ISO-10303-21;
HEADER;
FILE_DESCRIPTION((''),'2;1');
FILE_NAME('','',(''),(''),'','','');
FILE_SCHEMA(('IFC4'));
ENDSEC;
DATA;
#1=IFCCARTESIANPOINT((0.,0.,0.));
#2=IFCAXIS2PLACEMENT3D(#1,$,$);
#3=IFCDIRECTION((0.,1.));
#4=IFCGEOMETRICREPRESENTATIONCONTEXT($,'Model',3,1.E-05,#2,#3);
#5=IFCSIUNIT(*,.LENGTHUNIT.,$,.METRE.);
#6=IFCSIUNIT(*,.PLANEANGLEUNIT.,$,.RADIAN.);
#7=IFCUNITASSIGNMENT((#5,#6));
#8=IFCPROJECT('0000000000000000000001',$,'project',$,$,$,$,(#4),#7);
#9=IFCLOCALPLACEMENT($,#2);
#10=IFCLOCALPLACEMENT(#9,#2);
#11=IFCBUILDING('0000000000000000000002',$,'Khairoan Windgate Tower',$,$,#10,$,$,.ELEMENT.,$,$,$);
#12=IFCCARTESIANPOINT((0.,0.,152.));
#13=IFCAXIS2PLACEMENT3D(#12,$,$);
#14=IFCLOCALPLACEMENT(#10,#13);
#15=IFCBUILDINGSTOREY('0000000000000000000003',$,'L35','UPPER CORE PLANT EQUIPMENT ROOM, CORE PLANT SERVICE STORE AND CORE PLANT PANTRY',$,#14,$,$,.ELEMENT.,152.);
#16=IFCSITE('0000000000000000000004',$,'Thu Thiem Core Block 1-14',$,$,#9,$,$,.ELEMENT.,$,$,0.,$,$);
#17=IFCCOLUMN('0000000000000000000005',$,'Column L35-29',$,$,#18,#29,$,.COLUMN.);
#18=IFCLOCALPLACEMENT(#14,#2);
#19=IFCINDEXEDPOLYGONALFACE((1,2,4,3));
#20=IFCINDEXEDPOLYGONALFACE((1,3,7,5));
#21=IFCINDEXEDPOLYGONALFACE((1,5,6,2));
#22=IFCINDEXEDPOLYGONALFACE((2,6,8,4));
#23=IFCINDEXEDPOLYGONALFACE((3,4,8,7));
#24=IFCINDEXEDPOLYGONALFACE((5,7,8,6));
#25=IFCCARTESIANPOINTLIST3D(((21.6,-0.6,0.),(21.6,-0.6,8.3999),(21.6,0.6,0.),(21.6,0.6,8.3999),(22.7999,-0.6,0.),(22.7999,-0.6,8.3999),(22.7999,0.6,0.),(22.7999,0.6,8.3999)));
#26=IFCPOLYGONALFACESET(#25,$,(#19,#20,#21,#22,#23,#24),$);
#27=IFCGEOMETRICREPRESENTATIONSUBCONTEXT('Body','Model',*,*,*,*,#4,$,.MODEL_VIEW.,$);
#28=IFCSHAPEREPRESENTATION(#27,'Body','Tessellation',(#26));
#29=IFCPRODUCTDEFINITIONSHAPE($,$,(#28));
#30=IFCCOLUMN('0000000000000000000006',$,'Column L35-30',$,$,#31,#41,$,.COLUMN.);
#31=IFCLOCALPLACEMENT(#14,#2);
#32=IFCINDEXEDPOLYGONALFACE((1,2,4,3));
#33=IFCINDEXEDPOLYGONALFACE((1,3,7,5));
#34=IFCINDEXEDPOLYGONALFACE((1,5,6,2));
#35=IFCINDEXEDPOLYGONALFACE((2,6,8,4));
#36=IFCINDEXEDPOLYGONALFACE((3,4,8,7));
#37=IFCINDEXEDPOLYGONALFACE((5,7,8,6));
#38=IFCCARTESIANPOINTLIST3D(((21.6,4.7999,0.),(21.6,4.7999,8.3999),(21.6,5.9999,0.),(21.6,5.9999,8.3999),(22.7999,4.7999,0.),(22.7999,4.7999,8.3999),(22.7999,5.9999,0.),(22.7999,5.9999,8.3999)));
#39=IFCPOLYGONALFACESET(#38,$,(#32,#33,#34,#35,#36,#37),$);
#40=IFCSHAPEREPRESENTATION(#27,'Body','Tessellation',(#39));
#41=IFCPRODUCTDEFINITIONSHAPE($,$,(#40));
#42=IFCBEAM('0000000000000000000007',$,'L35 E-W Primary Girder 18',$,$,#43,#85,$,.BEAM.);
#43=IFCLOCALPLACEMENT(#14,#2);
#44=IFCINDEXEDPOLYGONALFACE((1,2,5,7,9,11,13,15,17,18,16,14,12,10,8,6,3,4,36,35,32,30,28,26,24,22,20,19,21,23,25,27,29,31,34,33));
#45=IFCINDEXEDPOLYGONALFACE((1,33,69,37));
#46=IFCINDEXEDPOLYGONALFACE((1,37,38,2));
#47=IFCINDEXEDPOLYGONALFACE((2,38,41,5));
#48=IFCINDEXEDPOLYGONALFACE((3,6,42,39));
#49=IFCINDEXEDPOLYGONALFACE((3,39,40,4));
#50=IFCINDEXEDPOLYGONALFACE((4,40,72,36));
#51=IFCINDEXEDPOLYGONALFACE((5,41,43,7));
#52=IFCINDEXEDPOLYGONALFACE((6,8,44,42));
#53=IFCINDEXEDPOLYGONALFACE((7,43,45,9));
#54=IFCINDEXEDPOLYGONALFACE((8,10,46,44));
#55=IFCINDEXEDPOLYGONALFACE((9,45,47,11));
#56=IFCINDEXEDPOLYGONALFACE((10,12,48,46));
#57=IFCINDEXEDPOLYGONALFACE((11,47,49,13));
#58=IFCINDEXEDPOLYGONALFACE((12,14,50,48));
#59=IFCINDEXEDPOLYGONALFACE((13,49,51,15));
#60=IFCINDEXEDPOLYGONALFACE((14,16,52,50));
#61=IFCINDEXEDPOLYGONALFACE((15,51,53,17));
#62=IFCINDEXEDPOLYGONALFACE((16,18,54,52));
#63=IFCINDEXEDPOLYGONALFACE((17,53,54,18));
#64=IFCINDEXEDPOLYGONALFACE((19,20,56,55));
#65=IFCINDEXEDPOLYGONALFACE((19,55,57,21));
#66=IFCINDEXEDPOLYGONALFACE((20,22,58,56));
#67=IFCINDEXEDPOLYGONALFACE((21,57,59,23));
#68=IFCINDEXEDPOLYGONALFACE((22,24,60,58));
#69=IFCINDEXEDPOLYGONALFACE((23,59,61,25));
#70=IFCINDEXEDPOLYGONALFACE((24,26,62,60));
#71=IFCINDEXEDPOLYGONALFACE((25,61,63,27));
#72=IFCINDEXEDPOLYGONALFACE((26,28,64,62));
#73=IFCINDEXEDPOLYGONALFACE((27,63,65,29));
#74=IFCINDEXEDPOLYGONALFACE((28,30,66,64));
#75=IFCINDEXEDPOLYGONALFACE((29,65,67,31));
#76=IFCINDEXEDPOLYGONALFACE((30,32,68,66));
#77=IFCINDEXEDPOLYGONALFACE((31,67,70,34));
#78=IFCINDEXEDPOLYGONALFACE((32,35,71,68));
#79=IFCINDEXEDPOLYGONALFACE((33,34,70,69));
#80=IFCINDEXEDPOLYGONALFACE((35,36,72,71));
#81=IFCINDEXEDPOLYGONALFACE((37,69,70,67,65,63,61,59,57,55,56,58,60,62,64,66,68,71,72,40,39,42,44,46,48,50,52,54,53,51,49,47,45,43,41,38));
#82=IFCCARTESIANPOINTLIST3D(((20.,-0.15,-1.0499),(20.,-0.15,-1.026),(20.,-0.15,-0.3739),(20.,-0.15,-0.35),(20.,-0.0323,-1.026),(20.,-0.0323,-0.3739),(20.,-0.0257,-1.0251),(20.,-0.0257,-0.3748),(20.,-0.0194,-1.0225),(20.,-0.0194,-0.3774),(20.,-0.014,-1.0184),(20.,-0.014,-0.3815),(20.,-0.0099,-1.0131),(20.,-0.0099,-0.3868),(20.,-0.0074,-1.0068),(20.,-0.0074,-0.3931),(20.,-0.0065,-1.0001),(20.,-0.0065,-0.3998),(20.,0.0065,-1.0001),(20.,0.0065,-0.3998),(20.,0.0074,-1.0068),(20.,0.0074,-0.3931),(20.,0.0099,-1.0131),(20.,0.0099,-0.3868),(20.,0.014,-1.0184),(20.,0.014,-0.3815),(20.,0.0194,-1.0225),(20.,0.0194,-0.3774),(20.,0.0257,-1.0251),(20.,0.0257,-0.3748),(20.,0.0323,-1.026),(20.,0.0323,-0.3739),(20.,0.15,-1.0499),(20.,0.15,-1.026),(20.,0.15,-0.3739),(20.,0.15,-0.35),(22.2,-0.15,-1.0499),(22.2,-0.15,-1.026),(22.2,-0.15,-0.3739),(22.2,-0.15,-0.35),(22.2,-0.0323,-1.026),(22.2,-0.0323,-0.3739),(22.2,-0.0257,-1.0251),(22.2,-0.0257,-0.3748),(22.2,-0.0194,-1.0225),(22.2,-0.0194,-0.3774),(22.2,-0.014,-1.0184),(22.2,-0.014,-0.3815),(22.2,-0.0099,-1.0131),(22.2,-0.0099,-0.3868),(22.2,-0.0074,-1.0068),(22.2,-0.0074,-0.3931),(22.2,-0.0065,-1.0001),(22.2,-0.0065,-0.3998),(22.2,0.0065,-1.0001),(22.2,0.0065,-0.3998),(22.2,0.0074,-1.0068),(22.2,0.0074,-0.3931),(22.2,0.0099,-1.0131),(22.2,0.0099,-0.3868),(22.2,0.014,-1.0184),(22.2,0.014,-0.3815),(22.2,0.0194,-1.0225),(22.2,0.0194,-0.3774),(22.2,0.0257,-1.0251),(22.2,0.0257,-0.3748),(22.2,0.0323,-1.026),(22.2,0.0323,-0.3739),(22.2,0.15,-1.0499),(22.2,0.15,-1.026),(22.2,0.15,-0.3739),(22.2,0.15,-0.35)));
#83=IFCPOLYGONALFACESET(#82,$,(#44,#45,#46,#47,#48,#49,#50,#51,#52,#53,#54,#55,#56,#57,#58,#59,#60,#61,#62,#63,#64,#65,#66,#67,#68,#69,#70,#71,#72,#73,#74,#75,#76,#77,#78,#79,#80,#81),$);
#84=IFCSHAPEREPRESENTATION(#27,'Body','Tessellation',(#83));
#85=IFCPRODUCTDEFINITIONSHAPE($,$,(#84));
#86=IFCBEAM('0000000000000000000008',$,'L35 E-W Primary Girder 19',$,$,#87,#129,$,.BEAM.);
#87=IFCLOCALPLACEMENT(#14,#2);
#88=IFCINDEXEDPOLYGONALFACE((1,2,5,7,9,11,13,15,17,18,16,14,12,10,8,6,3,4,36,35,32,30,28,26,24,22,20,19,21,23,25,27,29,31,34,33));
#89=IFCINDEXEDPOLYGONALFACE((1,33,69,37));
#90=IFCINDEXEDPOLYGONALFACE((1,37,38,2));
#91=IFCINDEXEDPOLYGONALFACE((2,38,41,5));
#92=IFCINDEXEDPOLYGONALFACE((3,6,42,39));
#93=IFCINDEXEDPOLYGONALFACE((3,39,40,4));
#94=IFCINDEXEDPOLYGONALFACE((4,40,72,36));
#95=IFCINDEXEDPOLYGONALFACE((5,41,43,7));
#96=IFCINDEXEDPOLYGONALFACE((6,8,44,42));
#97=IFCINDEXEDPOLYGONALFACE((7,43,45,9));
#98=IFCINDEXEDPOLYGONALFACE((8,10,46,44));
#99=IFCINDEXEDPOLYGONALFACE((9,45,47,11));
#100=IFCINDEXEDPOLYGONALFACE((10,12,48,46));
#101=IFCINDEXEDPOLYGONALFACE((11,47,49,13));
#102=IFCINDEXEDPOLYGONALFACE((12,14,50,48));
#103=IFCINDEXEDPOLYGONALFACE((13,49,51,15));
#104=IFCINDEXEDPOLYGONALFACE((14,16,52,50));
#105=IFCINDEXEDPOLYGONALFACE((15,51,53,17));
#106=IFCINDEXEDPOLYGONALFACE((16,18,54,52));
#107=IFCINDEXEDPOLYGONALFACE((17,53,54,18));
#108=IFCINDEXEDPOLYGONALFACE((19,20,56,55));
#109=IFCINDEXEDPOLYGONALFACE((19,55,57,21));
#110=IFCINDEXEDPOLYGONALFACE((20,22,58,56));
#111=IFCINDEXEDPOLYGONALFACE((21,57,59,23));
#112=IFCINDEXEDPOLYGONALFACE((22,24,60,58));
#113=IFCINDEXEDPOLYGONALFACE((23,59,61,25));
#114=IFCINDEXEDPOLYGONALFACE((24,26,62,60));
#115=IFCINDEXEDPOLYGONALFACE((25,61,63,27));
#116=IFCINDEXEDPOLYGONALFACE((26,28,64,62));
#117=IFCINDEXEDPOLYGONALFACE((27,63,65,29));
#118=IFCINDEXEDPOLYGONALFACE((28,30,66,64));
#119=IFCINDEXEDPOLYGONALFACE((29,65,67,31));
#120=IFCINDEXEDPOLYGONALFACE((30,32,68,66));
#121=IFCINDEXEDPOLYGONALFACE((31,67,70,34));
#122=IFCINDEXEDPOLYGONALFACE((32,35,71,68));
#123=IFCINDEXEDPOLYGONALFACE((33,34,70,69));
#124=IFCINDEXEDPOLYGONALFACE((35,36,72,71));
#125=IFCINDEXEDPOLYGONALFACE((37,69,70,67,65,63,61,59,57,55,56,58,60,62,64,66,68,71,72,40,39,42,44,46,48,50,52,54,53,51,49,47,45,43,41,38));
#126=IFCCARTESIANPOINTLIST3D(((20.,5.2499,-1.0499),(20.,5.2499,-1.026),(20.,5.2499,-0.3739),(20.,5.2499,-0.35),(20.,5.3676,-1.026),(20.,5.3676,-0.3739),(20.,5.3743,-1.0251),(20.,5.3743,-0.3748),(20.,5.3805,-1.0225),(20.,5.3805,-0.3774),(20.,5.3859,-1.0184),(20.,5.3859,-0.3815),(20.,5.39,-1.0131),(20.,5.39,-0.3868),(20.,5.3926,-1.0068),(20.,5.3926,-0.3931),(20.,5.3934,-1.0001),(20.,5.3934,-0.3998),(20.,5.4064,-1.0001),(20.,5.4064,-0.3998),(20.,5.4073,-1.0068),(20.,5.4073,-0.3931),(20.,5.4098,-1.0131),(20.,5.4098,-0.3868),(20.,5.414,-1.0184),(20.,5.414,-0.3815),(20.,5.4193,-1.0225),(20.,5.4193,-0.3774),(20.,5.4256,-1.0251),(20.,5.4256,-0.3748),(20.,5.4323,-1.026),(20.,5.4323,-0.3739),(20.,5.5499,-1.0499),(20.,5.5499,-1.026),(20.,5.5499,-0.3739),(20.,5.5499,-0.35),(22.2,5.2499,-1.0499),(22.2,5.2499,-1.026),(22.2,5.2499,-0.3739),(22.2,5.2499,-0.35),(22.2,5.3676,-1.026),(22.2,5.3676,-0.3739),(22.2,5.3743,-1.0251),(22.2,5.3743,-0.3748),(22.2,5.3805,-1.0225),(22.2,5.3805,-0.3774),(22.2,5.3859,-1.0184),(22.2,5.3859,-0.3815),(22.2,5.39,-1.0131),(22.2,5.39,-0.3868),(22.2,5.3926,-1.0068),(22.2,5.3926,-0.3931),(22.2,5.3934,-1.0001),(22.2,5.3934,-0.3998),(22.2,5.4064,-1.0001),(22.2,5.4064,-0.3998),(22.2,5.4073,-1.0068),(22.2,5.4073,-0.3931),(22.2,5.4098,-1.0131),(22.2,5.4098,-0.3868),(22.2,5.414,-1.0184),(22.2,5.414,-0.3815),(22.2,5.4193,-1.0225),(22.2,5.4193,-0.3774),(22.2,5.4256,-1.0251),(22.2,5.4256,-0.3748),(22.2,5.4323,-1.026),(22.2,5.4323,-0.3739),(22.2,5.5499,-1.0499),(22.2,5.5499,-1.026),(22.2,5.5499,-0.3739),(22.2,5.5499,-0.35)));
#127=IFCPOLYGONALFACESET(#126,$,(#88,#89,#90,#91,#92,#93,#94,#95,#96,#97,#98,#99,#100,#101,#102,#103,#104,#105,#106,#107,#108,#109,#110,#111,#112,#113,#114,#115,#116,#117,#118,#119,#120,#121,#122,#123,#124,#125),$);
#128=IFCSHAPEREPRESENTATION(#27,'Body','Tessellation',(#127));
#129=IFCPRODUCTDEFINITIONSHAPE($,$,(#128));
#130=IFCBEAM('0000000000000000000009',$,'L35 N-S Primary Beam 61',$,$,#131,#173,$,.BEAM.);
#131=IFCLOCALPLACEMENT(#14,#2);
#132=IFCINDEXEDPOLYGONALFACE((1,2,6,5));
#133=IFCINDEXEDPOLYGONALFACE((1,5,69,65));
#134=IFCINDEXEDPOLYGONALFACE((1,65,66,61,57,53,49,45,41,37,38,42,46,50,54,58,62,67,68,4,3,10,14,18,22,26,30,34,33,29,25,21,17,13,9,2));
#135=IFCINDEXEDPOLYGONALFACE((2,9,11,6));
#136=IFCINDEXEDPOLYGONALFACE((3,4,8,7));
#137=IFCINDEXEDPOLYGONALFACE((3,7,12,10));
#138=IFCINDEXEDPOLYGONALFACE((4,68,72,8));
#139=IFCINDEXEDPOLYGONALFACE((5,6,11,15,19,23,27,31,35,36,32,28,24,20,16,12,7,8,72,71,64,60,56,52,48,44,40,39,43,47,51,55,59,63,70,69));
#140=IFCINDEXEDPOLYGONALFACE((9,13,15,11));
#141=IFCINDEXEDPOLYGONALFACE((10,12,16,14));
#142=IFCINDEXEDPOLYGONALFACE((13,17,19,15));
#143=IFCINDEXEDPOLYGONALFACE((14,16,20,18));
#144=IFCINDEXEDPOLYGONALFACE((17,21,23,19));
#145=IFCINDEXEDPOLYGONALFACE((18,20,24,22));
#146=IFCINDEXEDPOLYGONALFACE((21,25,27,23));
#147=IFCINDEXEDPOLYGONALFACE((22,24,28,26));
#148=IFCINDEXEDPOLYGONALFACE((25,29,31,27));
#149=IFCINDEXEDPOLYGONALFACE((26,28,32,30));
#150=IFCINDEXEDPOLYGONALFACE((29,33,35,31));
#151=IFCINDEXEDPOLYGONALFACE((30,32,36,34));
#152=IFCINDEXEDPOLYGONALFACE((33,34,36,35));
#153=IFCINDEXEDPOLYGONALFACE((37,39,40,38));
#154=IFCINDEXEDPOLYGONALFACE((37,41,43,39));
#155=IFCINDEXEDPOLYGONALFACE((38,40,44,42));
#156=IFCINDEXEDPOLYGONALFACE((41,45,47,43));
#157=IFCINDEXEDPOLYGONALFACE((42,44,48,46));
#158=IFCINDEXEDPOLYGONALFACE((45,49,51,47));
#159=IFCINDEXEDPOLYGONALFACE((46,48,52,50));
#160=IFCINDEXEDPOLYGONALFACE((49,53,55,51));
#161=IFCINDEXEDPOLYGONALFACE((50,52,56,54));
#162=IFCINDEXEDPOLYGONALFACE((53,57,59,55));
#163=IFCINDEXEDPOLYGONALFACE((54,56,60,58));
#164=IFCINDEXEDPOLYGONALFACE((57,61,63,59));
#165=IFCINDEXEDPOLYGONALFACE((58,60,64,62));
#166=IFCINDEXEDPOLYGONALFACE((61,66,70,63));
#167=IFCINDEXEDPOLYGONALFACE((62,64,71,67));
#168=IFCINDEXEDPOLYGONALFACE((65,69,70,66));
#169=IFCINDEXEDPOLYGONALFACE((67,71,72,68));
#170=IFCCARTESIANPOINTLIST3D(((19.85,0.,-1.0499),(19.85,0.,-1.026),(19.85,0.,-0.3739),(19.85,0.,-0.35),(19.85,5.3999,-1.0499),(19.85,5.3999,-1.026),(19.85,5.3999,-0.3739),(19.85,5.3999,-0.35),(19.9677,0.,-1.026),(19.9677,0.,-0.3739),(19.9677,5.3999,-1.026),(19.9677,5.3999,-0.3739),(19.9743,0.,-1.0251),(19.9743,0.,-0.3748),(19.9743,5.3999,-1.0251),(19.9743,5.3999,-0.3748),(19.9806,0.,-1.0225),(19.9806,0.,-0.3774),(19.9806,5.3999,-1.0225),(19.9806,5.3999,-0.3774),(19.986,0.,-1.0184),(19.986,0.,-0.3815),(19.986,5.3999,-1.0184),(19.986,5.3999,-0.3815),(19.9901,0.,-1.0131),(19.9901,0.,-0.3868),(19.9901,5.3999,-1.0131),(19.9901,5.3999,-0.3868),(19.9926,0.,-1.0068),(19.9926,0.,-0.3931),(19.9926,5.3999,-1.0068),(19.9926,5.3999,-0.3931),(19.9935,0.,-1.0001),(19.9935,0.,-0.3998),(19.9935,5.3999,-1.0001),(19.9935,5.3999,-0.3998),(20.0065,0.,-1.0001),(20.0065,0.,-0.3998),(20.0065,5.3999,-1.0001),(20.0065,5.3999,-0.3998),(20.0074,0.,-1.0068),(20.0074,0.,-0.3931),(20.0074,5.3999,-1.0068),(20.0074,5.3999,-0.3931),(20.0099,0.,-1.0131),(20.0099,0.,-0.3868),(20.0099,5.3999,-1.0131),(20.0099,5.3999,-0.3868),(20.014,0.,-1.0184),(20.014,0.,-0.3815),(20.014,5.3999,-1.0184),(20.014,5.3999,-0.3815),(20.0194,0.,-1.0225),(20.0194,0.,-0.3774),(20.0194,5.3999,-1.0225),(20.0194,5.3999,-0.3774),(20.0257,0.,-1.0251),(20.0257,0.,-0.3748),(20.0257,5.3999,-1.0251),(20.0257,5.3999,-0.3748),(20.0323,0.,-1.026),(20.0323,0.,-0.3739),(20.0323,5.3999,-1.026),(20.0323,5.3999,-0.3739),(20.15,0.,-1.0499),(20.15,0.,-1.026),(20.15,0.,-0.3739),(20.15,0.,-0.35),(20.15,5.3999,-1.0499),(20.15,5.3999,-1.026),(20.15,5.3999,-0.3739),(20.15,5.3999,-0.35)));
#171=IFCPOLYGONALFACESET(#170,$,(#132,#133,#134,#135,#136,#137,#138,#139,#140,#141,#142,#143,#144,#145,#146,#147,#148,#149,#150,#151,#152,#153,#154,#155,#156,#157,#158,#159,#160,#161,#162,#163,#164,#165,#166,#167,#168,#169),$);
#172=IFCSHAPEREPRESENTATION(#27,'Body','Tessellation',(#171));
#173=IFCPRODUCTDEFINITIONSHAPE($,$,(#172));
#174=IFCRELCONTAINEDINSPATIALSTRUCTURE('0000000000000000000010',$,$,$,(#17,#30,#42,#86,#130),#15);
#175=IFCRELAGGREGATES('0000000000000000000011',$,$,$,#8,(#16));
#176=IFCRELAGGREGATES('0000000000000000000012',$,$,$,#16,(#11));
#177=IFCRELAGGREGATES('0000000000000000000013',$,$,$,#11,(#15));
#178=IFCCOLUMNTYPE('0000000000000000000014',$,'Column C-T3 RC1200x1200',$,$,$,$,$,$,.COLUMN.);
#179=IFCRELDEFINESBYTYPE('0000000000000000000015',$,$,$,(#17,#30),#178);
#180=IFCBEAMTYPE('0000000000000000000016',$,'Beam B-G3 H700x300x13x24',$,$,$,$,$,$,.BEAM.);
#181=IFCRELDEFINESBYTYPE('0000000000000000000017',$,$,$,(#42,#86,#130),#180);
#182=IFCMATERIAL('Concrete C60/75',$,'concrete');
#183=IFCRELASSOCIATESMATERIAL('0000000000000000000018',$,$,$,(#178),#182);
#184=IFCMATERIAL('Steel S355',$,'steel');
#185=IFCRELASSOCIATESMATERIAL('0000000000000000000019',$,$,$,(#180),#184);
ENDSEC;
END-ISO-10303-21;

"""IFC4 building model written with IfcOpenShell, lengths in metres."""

from ifc_helpers import new_model, si_unit, direction, frame, origin, origin_2d, place, context, subcontext, project, spatial, rectangle, i_section, extrude, material, material_profile, profile_set, type_object, element, save


model = new_model("IFC4")

# Units and contexts
model_context = context("Model", 3, precision=1e-05, world=origin(), true_north=direction((0.0, 1.0)))
body_context = subcontext(model_context, "Body", "Model", "MODEL_VIEW")
ifc_project = project(units=[si_unit("LENGTHUNIT", "METRE"), si_unit("PLANEANGLEUNIT", "RADIAN")], contexts=[model_context])

# Site, building, storey
site_placement = place(None, origin())
site = spatial("IfcSite", under=ifc_project, at=site_placement, Name="Thu Thiem Core Block 1-14", CompositionType="ELEMENT", RefElevation=0.0)
building_placement = place(site_placement, origin())
building = spatial("IfcBuilding", under=site, at=building_placement, Name="Khairoan Windgate Tower", CompositionType="ELEMENT")
storey_placement = place(building_placement, frame((0.0, 0.0, 152.0)))
storey = spatial("IfcBuildingStorey", under=building, at=storey_placement, Name="L35", Description="UPPER CORE PLANT EQUIPMENT ROOM, CORE PLANT SERVICE STORE AND CORE PLANT PANTRY", CompositionType="ELEMENT", Elevation=152.0)

# Columns
ifc_material_1 = material(Name="Concrete C60/75", Category="concrete")
ifc_material_profile_1 = material_profile(ifc_material_1, rectangle(XDim=1.2, YDim=1.2, at=origin_2d()))
ifc_profile_set_1 = profile_set([ifc_material_profile_1], Name="Concrete C60/75")
column_type = type_object("IfcColumnType", Name="Column C-T3 RC1200x1200", PredefinedType="COLUMN", material=ifc_profile_set_1)
for number, where, z_axis, x_axis, name in (
    (1, (22.2, 0.0, 0.0), (0.0, 0.0, 1.0), (1.0, 0.0, 0.0), "Column L35-29"),
    (2, (22.2, 5.3999, 0.0), (0.0, 0.0, 1.0), (1.0, 0.0, 0.0), "Column L35-30"),
):
    element("IfcColumn", number, at=place(storey_placement, frame(where, z_axis=z_axis, x_axis=x_axis)), inside=storey, type_object=column_type, Name=name, PredefinedType="COLUMN", context=body_context, shape_type="SweptSolid", body=[
        extrude(rectangle(XDim=1.2, YDim=1.2, at=origin_2d()), origin(), (0.0, 0.0, 1.0), 8.3999),
    ])

# Beams
ifc_material_2 = material(Name="Steel S355", Category="steel")
ifc_material_profile_2 = material_profile(ifc_material_2, i_section(OverallWidth=0.3, OverallDepth=0.7, WebThickness=0.0129, FlangeThickness=0.0239, FilletRadius=0.0259, at=origin_2d()))
ifc_profile_set_2 = profile_set([ifc_material_profile_2], Name="Steel S355")
beam_type_1 = type_object("IfcBeamType", Name="Beam B-G3 H700x300x13x24", PredefinedType="BEAM", material=ifc_profile_set_2)
for number, where, z_axis, x_axis, name in (
    (3, (20.0, 0.0, -0.7), (1.0, 0.0, 0.0), (0.0, 1.0, 0.0), "L35 E-W Primary Girder 18"),
    (4, (20.0, 5.3999, -0.7), (1.0, 0.0, 0.0), (0.0, 1.0, 0.0), "L35 E-W Primary Girder 19"),
):
    element("IfcBeam", number, at=place(storey_placement, frame(where, z_axis=z_axis, x_axis=x_axis)), inside=storey, type_object=beam_type_1, Name=name, PredefinedType="BEAM", context=body_context, shape_type="SweptSolid", body=[
        extrude(i_section(OverallWidth=0.3, OverallDepth=0.7, WebThickness=0.0129, FlangeThickness=0.0239, FilletRadius=0.0259, at=origin_2d()), origin(), (0.0, 0.0, 1.0), 2.2),
    ])
beam_1_placement = place(storey_placement, frame((20.0, 0.0, -0.7), z_axis=(0.0, 1.0, 0.0), x_axis=(-1.0, 0.0, 0.0)))
element("IfcBeam", 5, at=beam_1_placement, inside=storey, type_object=beam_type_1, Name="L35 N-S Primary Beam 61", PredefinedType="BEAM", context=body_context, shape_type="SweptSolid", body=[
    extrude(i_section(OverallWidth=0.3, OverallDepth=0.7, WebThickness=0.0129, FlangeThickness=0.0239, FilletRadius=0.0259, at=origin_2d()), origin(), (0.0, 0.0, 1.0), 5.3999),
])

save(model, "model.ifc")
